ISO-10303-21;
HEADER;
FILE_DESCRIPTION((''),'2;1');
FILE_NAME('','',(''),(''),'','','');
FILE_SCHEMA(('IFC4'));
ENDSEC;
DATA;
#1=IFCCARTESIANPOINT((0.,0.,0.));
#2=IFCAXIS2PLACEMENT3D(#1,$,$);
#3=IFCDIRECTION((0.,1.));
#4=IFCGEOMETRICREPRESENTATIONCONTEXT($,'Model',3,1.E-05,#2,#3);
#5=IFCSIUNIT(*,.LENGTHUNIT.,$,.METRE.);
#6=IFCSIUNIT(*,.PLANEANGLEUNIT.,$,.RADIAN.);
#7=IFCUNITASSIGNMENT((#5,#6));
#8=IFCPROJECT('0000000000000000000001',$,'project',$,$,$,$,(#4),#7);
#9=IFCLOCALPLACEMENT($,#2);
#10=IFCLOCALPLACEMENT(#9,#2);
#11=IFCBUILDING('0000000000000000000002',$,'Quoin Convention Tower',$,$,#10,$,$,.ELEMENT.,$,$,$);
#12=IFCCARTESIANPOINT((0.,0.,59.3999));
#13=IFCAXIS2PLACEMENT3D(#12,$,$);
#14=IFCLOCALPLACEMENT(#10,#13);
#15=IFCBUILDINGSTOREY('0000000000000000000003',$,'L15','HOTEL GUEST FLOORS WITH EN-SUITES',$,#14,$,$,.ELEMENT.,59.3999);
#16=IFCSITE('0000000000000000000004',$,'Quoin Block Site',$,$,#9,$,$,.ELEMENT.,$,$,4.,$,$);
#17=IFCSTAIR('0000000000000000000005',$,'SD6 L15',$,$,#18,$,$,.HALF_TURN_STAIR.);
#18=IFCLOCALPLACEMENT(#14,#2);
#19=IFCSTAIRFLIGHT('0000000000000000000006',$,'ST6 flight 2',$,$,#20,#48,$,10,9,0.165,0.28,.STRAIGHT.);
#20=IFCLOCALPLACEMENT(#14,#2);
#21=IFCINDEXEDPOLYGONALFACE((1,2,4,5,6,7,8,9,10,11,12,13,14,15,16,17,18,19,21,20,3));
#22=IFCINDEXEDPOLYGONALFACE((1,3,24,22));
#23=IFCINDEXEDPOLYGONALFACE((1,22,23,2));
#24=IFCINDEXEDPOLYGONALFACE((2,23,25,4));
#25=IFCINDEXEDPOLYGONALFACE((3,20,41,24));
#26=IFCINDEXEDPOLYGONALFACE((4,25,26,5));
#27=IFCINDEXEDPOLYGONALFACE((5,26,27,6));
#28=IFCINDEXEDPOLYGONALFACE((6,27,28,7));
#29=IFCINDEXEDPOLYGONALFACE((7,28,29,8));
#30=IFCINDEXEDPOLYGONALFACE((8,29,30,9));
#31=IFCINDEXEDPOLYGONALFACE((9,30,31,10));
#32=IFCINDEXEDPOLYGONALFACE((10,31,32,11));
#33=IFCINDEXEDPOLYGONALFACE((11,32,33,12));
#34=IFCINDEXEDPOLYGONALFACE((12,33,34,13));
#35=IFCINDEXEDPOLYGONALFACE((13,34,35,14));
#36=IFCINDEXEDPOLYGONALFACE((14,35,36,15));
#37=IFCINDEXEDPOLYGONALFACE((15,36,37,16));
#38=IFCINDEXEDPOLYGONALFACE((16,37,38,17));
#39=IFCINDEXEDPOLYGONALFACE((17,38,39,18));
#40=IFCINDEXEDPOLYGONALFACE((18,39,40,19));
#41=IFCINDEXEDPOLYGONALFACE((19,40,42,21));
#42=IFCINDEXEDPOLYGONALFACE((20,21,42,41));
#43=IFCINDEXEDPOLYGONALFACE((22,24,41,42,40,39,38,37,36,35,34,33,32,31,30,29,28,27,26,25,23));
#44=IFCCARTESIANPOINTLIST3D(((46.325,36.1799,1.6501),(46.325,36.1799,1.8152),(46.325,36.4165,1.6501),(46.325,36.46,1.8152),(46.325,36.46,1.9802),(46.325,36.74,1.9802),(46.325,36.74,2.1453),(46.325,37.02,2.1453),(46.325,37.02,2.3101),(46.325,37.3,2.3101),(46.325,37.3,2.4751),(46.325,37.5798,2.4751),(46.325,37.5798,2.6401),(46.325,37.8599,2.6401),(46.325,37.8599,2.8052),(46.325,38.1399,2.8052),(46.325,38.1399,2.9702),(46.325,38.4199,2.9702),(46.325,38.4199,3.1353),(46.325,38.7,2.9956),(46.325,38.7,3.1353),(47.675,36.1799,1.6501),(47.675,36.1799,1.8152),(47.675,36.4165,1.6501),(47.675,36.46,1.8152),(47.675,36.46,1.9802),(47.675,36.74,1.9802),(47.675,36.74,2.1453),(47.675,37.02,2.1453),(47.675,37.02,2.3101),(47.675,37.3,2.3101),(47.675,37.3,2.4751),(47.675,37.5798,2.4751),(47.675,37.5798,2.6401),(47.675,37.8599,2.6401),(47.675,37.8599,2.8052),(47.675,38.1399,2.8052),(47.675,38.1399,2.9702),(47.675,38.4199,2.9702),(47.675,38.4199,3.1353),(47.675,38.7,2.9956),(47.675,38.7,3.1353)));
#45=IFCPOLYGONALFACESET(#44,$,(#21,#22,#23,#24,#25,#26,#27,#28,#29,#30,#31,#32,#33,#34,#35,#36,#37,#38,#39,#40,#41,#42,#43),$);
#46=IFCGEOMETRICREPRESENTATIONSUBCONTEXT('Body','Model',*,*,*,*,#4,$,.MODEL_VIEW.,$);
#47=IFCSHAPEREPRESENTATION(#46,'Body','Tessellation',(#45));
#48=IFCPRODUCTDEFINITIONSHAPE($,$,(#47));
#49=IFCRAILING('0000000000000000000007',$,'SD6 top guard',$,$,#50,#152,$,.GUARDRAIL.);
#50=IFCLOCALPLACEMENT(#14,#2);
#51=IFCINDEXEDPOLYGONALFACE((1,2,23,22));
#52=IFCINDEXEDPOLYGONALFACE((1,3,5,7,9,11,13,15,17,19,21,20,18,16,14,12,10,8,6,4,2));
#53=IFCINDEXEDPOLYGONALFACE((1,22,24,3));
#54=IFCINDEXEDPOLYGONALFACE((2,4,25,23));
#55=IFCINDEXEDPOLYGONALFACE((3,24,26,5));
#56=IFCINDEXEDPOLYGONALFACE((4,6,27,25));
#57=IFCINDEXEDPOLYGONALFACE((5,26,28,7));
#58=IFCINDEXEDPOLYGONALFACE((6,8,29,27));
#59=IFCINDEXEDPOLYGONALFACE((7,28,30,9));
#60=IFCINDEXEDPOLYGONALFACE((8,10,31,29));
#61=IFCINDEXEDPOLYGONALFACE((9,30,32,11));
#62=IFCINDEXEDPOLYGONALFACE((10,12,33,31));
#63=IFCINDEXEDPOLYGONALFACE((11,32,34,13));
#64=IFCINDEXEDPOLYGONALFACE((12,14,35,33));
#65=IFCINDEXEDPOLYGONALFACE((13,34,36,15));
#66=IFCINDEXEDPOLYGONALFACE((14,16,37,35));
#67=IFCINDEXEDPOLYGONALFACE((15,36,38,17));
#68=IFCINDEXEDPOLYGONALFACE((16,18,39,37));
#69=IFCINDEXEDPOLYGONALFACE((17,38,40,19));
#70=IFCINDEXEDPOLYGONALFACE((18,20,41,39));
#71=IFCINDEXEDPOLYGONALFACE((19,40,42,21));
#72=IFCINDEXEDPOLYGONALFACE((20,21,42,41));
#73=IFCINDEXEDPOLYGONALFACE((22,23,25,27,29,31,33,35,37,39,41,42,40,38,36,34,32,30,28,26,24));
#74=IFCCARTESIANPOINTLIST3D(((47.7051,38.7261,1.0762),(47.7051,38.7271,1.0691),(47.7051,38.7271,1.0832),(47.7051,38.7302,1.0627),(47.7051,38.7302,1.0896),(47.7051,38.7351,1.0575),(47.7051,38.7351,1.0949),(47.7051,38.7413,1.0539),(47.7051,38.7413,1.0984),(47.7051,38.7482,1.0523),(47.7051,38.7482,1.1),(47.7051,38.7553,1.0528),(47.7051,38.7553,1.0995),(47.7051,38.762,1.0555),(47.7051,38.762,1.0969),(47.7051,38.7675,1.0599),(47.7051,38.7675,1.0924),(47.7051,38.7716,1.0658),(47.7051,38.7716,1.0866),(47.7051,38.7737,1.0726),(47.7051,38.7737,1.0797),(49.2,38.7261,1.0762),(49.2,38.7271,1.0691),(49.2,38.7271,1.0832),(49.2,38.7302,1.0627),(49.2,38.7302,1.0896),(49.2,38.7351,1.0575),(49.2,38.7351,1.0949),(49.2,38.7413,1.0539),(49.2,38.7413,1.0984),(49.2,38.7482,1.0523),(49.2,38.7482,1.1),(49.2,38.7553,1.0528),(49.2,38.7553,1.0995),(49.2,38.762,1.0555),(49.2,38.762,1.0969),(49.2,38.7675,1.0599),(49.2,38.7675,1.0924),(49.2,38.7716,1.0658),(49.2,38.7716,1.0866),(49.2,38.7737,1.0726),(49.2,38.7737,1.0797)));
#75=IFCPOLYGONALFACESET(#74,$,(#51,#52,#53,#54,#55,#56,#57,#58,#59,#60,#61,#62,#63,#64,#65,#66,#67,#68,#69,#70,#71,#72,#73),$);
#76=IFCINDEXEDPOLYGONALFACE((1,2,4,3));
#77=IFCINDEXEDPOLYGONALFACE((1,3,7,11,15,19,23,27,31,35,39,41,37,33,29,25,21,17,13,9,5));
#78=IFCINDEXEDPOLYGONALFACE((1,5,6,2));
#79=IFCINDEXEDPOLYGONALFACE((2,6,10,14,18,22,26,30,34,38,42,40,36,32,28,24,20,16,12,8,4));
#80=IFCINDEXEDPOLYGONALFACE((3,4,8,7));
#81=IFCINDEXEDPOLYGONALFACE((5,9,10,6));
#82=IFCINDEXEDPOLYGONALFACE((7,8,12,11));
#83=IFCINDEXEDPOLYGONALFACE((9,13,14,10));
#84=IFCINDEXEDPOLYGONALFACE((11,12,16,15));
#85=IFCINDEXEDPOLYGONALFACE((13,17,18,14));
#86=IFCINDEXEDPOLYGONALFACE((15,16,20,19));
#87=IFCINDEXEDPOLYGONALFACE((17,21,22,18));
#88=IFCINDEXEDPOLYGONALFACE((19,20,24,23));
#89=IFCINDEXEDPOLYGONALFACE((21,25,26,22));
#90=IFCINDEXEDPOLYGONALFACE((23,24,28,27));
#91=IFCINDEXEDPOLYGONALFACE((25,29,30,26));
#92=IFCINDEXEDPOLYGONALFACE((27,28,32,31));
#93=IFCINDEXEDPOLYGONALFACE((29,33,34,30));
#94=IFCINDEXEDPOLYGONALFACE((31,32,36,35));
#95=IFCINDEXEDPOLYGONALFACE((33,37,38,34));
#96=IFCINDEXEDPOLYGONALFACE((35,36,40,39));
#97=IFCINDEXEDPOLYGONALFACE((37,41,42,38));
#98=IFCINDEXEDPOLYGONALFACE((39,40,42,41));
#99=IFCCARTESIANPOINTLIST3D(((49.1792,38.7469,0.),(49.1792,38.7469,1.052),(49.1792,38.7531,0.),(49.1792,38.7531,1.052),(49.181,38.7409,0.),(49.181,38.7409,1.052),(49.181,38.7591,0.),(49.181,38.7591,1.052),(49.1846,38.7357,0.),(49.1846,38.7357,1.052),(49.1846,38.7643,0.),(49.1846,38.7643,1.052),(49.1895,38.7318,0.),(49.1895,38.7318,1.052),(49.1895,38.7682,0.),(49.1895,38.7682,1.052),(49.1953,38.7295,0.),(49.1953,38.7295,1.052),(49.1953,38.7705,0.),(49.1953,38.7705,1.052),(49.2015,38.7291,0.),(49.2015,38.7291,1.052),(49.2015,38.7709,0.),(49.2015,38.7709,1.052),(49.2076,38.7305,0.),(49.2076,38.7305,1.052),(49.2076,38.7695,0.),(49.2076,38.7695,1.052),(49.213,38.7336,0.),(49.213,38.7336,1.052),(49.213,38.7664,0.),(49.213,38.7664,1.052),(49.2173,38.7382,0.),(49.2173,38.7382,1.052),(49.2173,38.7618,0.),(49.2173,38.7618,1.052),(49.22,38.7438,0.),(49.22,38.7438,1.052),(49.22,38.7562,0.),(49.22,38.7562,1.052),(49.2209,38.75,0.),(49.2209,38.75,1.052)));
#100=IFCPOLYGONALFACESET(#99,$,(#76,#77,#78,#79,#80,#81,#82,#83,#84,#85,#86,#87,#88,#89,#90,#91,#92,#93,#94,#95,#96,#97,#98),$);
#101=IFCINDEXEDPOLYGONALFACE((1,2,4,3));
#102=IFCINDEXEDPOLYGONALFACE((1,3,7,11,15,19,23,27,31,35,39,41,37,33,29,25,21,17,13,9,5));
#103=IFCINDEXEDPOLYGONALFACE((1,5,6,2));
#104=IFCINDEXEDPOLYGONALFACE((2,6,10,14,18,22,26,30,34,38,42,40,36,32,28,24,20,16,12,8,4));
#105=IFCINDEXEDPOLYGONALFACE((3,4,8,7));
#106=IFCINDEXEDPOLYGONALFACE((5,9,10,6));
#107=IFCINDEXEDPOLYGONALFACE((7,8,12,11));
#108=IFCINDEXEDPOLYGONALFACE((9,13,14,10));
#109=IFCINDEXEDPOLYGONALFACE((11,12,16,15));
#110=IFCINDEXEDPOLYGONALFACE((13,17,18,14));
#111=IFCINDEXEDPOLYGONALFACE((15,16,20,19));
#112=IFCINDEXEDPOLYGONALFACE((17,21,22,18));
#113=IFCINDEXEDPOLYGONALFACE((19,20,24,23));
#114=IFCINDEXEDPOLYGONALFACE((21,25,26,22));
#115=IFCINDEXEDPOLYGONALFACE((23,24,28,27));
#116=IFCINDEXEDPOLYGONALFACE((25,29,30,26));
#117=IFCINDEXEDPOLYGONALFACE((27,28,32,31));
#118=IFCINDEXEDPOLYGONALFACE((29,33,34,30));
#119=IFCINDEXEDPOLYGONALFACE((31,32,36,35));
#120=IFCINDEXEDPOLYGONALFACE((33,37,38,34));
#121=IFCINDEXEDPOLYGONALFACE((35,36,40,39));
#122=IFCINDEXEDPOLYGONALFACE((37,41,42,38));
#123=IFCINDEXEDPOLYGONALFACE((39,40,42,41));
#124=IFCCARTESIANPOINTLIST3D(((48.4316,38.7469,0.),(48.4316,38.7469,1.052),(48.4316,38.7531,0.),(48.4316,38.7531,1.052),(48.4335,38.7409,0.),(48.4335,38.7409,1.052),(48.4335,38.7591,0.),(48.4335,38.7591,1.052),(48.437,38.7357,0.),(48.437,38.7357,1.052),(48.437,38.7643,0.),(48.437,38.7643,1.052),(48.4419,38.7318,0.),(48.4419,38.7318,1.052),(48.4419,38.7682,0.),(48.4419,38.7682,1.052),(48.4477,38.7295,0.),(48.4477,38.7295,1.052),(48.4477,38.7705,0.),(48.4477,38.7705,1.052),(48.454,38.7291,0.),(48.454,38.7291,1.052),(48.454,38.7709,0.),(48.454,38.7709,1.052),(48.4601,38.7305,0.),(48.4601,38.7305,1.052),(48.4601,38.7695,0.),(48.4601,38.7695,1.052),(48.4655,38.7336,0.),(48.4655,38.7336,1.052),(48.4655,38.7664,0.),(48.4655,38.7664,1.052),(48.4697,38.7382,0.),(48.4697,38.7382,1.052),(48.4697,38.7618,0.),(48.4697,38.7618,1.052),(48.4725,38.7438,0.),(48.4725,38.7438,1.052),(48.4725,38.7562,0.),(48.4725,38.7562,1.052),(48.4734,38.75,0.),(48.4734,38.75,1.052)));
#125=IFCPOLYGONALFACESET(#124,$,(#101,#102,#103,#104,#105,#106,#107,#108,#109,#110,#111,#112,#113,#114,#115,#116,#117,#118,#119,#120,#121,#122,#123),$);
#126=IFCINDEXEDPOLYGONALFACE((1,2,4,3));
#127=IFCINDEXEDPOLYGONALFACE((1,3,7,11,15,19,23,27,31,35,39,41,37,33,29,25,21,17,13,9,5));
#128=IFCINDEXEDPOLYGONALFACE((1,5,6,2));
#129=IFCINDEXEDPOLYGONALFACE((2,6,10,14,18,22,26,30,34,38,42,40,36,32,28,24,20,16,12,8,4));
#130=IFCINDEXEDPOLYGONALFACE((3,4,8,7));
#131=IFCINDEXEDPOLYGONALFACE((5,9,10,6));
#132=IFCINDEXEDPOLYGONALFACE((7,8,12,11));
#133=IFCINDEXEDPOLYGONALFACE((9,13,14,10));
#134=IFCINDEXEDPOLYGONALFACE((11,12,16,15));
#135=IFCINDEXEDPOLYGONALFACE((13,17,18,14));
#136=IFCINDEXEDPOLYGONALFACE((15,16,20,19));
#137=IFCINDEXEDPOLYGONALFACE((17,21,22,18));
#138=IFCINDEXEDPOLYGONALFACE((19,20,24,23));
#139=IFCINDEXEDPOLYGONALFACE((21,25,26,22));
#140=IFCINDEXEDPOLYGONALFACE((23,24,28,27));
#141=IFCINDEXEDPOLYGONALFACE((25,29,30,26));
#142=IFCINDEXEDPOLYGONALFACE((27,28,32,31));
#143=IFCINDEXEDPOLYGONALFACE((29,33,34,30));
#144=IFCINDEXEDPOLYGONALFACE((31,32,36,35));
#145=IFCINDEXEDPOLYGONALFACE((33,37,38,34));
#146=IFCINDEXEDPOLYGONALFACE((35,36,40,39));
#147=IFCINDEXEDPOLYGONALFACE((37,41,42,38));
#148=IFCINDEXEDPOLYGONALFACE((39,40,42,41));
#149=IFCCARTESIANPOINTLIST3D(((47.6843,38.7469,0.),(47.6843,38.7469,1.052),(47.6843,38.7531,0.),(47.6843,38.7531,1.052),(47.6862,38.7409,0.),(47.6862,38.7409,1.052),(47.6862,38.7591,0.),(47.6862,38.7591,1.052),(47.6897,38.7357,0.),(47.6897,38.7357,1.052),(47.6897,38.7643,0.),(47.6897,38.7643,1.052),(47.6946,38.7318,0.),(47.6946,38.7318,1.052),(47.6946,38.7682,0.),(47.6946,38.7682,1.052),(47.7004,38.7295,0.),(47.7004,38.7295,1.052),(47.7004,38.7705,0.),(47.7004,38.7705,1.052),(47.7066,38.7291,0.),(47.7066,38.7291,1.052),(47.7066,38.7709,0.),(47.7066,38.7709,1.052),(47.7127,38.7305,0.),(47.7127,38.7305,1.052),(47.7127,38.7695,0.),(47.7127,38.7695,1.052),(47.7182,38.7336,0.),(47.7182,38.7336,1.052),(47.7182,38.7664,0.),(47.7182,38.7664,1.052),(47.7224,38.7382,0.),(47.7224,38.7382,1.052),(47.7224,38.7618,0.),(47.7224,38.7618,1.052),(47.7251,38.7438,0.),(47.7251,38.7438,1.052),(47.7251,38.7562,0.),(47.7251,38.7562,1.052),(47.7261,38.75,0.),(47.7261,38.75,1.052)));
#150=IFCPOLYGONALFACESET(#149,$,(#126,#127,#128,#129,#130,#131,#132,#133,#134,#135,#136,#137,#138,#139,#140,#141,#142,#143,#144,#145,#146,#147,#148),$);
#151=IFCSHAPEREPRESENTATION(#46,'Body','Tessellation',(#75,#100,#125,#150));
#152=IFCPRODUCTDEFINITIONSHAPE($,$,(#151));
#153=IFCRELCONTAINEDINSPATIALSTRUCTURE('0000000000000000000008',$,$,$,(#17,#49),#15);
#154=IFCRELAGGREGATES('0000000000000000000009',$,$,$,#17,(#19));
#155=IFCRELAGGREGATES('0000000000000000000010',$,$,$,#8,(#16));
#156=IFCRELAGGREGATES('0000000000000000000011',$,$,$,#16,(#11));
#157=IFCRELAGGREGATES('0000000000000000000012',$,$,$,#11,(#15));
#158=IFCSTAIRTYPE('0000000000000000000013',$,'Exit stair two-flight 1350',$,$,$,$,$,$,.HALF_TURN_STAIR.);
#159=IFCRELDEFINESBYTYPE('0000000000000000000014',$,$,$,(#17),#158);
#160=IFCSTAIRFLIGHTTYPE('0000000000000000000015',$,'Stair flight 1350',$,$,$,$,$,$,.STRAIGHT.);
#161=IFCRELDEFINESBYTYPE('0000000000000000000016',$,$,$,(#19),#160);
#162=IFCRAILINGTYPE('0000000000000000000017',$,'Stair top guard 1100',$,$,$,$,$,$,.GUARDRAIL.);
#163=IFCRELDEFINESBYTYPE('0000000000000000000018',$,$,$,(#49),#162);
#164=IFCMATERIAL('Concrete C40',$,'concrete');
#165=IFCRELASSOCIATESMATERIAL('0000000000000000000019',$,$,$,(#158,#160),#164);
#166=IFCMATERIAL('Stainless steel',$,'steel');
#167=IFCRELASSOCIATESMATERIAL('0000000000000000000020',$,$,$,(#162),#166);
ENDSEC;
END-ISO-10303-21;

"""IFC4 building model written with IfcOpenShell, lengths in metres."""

from ifc_helpers import new_model, si_unit, direction, frame, origin, origin_2d, place, context, subcontext, project, spatial, polyline, circle, outline, extrude, material, type_object, element, aggregate, save


model = new_model("IFC4")

# Units and contexts
model_context = context("Model", 3, precision=1e-05, world=origin(), true_north=direction((0.0, 1.0)))
body_context = subcontext(model_context, "Body", "Model", "MODEL_VIEW")
ifc_project = project(units=[si_unit("LENGTHUNIT", "METRE"), si_unit("PLANEANGLEUNIT", "RADIAN")], contexts=[model_context])

# Site, building, storey
site_placement = place(None, origin())
site = spatial("IfcSite", under=ifc_project, at=site_placement, Name="Quoin Block Site", CompositionType="ELEMENT", RefElevation=4.0)
building_placement = place(site_placement, origin())
building = spatial("IfcBuilding", under=site, at=building_placement, Name="Quoin Convention Tower", CompositionType="ELEMENT")
storey_placement = place(building_placement, frame((0.0, 0.0, 59.3999)))
storey = spatial("IfcBuildingStorey", under=building, at=storey_placement, Name="L15", Description="HOTEL GUEST FLOORS WITH EN-SUITES", CompositionType="ELEMENT", Elevation=59.3999)

# Shared definitions
ifc_material_1 = material(Name="Concrete C40", Category="concrete")
stair_type = type_object("IfcStairType", Name="Exit stair two-flight 1350", PredefinedType="HALF_TURN_STAIR", material=ifc_material_1)
stair_flight_type = type_object("IfcStairFlightType", Name="Stair flight 1350", PredefinedType="STRAIGHT", material=ifc_material_1)

# Stair, stair flight
stair_1_placement = place(storey_placement, origin())
stair_1 = element("IfcStair", 1, at=stair_1_placement, inside=storey, type_object=stair_type, Name="SD6 L15", PredefinedType="HALF_TURN_STAIR")
stair_flight_1_placement = place(storey_placement, frame((47.0, 36.1799, 1.6501), z_axis=(0.0, 0.0, 1.0), x_axis=(0.0, 1.0, 0.0)))
stair_flight_1 = element("IfcStairFlight", 2, at=stair_flight_1_placement, type_object=stair_flight_type, Name="ST6 flight 2", NumberOfRisers=10, NumberOfTreads=9, PredefinedType="STRAIGHT", RiserHeight=0.165, TreadLength=0.28, context=body_context, shape_type="SweptSolid", body=[
    extrude(outline(polyline([(0.0, 0.0), (0.0, 0.165), (0.28, 0.165), (0.28, 0.3301), (0.5601, 0.3301), (0.5601, 0.4951), (0.8401, 0.4951), (0.8401, 0.6599), (1.1201, 0.6599), (1.1201, 0.825), (1.3999, 0.825), (1.3999, 0.99), (1.6799, 0.99), (1.6799, 1.155), (1.96, 1.155), (1.96, 1.3201), (2.24, 1.3201), (2.24, 1.4851), (2.52, 1.4851), (2.52, 1.6499), (2.52, 1.3455), (0.2366, 0.0), (0.0, 0.0)])), frame((0.0, 0.675, 0.0), z_axis=(0.0, -1.0, 0.0), x_axis=(1.0, 0.0, 0.0)), (0.0, 0.0, 1.0), 1.3501),
])
aggregate(stair_1, [stair_flight_1])

# Railing
ifc_material_2 = material(Name="Stainless steel", Category="steel")
railing_type_1 = type_object("IfcRailingType", Name="Stair top guard 1100", PredefinedType="GUARDRAIL", material=ifc_material_2)
railing_1_placement = place(storey_placement, frame((49.2, 38.75, 0.0)))
element("IfcRailing", 3, at=railing_1_placement, inside=storey, type_object=railing_type_1, Name="SD6 top guard", PredefinedType="GUARDRAIL", context=body_context, shape_type="SweptSolid", body=[
    extrude(circle(Radius=0.0239, at=origin_2d()), frame((0.0, 0.0, 1.0762), z_axis=(-1.0, 0.0, 0.0), x_axis=(0.0, -1.0, 0.0)), (0.0, 0.0, 1.0), 1.4949),
    extrude(circle(Radius=0.021, at=origin_2d()), origin(), (0.0, 0.0, 1.0), 1.052),
    extrude(circle(Radius=0.021, at=origin_2d()), frame((-0.7476, 0.0, 0.0)), (0.0, 0.0, 1.0), 1.052),
    extrude(circle(Radius=0.021, at=origin_2d()), frame((-1.4949, 0.0, 0.0)), (0.0, 0.0, 1.0), 1.052),
])

save(model, "model.ifc")
